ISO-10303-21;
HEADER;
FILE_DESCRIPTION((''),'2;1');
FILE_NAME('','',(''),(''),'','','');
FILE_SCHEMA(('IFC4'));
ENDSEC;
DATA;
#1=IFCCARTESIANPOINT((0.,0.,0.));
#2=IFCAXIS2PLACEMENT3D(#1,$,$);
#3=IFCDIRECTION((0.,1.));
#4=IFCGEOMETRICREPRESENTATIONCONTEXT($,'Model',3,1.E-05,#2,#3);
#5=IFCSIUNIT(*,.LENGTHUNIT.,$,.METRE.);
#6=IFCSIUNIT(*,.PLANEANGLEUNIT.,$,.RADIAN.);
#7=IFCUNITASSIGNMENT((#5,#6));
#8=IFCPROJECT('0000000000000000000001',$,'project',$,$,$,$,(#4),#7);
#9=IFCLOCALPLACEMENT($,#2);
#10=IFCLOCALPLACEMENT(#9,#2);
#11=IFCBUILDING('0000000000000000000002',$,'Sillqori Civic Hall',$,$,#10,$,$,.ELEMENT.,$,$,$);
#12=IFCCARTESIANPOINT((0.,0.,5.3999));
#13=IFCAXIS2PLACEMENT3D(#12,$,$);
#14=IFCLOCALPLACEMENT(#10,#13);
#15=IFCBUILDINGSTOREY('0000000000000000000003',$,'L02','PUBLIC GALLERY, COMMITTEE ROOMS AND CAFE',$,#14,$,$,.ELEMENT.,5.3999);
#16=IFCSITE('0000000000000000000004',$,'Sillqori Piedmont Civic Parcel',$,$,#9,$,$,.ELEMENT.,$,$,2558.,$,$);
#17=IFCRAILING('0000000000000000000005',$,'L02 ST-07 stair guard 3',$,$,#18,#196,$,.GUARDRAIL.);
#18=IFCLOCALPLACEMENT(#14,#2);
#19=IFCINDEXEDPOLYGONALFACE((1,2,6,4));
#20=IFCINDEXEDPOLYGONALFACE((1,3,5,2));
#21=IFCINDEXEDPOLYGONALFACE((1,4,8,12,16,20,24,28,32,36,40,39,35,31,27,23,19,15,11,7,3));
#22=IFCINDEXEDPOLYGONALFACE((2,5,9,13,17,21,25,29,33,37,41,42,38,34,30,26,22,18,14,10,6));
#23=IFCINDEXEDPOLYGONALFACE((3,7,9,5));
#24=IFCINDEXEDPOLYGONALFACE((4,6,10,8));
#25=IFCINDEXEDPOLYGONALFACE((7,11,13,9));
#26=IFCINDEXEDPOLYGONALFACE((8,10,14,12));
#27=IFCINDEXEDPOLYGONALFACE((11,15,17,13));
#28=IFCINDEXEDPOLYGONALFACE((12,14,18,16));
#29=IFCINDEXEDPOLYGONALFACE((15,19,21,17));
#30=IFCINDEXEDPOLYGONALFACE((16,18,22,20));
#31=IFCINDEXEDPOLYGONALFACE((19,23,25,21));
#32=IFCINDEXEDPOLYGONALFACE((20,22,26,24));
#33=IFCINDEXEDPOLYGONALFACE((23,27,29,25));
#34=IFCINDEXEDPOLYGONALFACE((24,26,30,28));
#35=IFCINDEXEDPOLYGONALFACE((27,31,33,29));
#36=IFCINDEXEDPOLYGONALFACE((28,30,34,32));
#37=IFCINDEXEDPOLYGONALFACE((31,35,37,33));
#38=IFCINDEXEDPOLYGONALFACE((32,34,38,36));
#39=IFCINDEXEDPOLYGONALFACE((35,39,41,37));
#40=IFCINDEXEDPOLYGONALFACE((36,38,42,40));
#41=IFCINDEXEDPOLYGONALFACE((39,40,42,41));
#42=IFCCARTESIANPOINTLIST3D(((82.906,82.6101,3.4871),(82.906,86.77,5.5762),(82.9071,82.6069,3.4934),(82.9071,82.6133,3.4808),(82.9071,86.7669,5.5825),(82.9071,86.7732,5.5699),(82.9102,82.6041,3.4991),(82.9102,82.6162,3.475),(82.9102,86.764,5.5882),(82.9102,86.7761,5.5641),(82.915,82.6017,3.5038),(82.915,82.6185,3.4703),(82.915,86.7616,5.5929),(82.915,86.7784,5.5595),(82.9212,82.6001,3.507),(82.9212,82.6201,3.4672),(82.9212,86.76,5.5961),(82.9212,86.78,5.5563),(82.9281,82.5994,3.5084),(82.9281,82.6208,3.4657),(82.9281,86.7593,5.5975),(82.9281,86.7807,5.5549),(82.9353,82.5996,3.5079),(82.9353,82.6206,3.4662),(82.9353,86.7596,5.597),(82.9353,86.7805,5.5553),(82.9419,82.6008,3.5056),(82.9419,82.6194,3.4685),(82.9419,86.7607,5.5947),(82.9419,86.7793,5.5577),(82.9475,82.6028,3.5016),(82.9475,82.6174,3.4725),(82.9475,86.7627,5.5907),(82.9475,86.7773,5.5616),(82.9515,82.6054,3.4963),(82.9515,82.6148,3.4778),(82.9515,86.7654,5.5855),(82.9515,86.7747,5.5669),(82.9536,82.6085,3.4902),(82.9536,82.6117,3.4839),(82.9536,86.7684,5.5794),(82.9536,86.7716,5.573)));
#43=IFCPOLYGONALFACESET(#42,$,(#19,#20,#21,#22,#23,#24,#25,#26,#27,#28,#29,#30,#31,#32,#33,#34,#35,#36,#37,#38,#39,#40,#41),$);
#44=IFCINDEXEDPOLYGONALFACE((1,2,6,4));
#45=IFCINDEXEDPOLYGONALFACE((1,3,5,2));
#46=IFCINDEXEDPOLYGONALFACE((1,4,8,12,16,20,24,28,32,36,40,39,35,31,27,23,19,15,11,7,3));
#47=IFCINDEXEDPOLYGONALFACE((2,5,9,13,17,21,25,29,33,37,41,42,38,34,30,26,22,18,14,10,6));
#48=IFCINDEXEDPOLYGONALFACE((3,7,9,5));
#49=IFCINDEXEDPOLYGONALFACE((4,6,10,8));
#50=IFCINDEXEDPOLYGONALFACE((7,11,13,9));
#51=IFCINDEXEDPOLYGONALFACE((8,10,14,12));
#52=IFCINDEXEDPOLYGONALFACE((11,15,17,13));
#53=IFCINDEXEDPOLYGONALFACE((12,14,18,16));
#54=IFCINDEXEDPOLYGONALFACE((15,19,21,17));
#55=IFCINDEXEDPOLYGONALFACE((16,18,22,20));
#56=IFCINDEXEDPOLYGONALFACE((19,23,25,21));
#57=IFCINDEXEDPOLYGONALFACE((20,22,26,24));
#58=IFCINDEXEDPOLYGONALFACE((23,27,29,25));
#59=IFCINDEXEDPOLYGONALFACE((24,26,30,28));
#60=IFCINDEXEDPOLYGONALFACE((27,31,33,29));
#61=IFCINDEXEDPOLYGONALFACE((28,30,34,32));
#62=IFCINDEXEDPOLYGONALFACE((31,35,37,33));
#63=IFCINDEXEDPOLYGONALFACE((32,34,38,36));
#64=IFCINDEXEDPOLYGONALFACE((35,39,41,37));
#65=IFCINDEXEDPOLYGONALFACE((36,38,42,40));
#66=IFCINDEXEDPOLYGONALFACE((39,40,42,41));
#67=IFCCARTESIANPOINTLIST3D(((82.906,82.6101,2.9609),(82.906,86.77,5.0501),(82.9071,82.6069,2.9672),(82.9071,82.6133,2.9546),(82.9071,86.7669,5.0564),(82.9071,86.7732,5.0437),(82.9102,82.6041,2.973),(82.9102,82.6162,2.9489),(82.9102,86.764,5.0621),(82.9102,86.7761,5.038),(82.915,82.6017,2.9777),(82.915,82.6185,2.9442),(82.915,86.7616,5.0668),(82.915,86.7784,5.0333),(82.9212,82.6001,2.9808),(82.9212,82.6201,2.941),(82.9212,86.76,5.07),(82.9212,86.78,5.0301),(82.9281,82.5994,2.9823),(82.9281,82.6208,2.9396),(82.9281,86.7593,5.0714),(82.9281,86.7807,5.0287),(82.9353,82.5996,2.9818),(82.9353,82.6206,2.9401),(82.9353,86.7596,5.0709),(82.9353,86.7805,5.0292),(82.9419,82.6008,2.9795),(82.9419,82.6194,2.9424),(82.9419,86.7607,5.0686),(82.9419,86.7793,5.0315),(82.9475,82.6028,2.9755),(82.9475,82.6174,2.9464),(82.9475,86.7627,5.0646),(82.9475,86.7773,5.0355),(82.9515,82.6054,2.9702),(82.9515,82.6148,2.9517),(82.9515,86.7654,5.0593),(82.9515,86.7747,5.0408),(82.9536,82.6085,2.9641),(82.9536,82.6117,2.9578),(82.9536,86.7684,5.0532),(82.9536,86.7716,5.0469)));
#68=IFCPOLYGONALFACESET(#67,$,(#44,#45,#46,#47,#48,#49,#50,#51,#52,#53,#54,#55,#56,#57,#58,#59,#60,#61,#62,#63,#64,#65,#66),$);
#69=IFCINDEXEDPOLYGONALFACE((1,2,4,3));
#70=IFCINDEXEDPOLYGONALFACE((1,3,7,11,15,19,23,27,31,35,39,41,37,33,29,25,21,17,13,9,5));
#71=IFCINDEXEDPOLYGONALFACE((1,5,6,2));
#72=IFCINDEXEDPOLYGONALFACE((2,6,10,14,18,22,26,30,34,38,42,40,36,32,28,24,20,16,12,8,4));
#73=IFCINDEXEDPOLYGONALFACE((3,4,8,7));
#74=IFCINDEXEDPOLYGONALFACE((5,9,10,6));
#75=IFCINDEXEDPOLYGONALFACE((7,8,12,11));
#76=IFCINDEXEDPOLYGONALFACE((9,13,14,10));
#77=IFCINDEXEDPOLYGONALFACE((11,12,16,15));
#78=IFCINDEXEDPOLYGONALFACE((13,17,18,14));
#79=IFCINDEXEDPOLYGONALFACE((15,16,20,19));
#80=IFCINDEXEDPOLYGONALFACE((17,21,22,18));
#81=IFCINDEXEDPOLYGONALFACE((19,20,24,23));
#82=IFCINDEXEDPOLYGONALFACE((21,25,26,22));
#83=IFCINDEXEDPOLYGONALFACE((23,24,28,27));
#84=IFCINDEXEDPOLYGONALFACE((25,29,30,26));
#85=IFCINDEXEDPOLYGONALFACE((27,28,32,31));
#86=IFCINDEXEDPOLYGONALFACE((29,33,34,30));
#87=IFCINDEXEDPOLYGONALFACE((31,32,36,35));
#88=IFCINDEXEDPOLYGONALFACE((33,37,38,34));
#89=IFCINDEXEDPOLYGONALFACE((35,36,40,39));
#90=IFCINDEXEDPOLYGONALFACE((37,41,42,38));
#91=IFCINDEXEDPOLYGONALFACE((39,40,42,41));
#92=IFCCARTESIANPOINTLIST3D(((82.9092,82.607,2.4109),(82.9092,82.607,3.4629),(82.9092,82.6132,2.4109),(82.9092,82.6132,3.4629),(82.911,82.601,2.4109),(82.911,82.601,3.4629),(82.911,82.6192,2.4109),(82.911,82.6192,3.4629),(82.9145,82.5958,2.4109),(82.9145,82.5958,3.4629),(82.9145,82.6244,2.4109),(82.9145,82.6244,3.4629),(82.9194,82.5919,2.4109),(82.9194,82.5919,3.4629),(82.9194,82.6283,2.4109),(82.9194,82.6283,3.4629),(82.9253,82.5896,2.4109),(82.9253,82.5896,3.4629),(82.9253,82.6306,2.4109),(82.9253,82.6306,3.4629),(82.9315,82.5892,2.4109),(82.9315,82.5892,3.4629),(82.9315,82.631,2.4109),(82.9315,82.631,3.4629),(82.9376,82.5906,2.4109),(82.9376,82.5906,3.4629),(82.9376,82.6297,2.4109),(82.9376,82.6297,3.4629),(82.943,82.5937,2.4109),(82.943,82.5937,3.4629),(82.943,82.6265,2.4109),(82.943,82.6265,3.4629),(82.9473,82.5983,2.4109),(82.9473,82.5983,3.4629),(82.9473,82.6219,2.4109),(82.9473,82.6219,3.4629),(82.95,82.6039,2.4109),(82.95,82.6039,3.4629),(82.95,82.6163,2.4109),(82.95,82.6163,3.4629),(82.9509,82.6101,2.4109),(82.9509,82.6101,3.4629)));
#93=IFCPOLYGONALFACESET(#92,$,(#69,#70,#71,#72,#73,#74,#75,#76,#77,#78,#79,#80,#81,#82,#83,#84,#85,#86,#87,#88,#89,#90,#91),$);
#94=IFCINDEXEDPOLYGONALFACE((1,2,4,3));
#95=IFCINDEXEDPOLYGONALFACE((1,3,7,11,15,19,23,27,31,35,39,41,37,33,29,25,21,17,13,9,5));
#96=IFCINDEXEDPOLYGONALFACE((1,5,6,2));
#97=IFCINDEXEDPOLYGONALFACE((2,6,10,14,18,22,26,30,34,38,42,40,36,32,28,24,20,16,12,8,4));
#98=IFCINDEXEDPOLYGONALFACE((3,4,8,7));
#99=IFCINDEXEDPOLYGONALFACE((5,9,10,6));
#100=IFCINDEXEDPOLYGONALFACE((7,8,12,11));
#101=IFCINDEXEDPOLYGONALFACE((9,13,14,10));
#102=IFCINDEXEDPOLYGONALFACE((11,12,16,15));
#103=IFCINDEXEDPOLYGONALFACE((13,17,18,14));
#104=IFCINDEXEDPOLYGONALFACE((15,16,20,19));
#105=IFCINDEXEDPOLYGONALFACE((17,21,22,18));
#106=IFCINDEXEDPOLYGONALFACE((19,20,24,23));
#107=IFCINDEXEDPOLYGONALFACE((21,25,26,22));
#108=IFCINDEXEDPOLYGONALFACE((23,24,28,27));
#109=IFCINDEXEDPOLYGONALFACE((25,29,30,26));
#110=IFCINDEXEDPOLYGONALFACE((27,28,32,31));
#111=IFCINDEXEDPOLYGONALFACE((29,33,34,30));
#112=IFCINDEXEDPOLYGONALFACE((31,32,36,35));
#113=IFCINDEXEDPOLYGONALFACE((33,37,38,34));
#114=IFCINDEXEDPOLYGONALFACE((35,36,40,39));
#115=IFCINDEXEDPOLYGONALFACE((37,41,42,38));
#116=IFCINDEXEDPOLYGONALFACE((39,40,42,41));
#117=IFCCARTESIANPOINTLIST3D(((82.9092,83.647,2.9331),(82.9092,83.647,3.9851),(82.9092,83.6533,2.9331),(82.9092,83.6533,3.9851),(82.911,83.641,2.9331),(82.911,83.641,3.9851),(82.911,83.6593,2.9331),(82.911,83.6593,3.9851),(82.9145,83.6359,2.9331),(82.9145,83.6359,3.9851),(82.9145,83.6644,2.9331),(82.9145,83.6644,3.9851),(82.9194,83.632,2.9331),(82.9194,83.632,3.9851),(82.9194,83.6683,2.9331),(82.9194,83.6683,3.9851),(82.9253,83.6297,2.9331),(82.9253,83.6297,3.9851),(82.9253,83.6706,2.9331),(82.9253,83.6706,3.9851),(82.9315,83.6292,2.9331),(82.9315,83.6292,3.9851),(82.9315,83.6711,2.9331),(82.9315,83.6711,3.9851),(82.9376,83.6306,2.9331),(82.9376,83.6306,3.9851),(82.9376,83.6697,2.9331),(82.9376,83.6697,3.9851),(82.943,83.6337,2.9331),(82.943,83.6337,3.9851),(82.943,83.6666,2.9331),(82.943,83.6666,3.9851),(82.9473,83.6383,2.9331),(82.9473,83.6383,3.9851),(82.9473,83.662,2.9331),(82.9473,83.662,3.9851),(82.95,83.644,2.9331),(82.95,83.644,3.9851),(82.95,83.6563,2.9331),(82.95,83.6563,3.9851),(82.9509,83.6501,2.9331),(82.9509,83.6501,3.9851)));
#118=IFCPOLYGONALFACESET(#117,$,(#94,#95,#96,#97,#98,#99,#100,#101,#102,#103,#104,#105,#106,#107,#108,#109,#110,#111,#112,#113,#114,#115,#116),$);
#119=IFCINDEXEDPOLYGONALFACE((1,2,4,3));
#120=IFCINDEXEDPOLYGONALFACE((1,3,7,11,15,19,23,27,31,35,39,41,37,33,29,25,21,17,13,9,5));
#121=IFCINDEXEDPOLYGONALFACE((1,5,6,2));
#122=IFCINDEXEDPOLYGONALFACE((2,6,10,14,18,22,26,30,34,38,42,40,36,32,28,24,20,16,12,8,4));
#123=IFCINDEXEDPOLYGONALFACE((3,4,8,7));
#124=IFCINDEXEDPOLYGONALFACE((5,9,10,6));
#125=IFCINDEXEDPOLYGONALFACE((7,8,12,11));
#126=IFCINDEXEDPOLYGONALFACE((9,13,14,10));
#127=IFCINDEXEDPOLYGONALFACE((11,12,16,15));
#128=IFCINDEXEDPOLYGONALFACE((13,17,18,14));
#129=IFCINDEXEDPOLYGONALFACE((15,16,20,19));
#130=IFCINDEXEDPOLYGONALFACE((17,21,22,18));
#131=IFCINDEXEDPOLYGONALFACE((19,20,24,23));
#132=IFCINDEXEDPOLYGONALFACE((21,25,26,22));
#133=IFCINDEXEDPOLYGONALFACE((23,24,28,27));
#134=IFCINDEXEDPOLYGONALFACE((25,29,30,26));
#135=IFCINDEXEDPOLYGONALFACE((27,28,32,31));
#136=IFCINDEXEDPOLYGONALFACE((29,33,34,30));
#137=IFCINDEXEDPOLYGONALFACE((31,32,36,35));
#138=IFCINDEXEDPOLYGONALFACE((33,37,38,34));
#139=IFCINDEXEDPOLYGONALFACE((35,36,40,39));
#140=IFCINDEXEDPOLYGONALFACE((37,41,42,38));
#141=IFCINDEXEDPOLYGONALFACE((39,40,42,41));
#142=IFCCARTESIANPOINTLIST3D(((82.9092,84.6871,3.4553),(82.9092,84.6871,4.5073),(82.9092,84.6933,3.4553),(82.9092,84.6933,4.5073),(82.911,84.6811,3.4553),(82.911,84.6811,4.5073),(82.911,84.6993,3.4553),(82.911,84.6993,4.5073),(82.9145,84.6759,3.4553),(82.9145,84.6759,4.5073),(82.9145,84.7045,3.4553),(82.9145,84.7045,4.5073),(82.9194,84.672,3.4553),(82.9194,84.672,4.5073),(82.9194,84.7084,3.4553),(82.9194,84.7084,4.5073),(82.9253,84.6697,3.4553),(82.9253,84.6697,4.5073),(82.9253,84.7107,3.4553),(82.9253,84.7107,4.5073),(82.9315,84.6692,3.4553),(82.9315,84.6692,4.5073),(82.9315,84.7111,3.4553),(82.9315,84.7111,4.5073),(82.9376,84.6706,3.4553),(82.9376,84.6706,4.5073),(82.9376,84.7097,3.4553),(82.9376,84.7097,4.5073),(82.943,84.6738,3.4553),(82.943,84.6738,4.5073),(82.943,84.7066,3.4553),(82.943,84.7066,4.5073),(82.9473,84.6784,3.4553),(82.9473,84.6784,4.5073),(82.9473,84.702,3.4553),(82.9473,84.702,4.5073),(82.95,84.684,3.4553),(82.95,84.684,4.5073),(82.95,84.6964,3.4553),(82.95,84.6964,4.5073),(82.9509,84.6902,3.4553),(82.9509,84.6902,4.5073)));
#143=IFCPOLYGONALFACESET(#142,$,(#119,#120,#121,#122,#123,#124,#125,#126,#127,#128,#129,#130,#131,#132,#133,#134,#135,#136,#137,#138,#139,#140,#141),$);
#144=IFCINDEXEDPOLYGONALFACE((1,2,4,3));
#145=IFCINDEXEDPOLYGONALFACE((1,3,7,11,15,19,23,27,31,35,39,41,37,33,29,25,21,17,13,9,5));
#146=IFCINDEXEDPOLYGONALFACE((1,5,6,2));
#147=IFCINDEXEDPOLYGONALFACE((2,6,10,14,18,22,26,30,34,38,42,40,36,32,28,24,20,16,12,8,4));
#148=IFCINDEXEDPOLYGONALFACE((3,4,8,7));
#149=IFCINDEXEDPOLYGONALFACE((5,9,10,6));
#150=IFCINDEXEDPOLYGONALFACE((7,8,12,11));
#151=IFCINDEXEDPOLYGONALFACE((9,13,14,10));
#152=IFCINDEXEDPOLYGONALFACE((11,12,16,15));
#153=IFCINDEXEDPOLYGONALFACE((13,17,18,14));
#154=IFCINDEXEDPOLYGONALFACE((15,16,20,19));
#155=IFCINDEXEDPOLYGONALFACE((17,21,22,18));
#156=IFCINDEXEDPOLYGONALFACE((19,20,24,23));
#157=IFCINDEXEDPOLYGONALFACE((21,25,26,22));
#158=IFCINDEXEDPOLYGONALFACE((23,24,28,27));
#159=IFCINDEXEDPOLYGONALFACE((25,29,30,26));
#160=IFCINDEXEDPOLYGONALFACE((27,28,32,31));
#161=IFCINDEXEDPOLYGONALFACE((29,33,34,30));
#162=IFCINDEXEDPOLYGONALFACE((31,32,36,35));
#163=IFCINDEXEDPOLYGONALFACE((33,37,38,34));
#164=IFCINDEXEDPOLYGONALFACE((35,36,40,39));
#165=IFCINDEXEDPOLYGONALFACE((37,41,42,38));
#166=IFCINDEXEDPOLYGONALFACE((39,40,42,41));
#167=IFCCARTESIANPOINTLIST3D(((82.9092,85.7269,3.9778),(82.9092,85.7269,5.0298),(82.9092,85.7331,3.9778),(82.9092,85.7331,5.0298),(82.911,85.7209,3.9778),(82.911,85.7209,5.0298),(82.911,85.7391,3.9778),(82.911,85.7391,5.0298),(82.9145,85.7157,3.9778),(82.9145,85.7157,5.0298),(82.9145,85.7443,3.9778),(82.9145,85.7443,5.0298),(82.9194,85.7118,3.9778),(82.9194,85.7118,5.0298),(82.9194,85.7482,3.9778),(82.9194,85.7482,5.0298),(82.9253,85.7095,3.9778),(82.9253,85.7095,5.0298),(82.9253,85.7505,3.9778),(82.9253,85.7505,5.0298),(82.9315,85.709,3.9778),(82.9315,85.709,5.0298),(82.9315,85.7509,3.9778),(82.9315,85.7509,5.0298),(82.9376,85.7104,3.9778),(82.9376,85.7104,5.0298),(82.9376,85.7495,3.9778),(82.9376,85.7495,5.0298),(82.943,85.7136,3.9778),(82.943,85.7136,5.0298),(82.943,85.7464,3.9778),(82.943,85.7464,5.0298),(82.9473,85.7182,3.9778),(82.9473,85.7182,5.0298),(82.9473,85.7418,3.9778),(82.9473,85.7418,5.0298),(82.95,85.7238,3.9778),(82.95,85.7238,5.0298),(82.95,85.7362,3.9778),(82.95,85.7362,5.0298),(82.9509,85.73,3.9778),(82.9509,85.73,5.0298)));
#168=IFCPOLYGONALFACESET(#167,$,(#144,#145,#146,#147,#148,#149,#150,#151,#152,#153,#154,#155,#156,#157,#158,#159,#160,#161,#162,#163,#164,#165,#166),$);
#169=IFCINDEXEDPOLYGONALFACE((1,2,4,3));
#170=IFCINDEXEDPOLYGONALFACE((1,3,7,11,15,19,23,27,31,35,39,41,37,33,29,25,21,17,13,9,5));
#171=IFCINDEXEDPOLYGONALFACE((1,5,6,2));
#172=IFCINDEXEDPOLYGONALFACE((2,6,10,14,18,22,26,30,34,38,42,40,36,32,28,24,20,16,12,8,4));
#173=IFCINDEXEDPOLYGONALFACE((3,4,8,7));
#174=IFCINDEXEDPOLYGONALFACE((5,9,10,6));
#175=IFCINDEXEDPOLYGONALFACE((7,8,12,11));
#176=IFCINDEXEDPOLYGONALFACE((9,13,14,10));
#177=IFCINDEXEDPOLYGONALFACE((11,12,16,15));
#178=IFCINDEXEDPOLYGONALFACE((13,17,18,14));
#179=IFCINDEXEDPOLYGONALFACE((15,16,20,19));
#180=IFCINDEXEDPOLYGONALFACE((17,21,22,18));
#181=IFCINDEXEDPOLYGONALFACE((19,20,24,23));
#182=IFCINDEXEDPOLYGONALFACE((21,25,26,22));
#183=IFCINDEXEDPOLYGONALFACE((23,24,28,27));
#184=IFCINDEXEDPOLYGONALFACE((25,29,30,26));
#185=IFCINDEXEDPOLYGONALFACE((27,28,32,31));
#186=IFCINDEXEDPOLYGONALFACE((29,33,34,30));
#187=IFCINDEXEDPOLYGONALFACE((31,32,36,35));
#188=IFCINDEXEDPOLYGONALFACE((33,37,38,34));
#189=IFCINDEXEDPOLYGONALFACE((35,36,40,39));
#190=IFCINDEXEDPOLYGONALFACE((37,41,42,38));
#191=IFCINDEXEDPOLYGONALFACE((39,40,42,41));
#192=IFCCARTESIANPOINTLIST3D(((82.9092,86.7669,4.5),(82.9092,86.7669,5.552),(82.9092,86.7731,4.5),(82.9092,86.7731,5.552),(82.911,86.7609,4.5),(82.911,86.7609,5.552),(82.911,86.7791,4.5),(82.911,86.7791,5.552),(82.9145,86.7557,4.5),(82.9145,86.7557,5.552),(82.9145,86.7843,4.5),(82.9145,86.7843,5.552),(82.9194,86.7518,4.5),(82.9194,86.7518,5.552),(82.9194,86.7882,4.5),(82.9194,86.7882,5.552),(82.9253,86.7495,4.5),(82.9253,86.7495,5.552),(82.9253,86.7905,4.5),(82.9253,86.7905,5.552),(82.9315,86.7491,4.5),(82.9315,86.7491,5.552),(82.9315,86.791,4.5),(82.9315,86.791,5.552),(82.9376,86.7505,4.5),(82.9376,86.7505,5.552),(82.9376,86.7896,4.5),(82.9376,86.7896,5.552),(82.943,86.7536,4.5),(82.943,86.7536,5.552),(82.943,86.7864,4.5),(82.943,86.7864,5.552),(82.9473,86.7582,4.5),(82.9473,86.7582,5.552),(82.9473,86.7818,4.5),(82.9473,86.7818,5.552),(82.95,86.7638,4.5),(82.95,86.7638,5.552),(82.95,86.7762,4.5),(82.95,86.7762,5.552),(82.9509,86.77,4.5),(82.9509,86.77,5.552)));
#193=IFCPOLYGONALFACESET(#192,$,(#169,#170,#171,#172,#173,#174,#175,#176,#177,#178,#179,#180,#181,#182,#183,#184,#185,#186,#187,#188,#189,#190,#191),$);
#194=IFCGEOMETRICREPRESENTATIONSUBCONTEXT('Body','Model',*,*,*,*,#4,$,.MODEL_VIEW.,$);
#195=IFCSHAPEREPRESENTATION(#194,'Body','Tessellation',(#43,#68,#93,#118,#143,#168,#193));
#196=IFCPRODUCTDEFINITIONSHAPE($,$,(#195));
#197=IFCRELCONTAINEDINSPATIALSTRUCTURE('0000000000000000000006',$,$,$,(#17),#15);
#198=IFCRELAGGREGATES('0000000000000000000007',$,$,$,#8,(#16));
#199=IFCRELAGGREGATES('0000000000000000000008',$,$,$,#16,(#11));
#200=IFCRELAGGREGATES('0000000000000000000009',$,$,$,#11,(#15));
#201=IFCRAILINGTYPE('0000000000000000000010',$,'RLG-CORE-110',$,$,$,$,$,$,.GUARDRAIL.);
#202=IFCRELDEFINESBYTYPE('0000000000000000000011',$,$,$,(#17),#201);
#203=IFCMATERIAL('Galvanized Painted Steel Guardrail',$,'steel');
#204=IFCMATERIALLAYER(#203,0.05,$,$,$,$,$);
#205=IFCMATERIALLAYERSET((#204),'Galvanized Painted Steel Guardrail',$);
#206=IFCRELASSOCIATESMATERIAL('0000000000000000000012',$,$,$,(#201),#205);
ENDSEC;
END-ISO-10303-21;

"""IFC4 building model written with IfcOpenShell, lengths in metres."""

from ifc_helpers import new_model, si_unit, direction, frame, origin, origin_2d, place, context, subcontext, project, spatial, circle, extrude, material, layer, layer_set, type_object, element, save


model = new_model("IFC4")

# Units and contexts
model_context = context("Model", 3, precision=1e-05, world=origin(), true_north=direction((0.0, 1.0)))
body_context = subcontext(model_context, "Body", "Model", "MODEL_VIEW")
ifc_project = project(units=[si_unit("LENGTHUNIT", "METRE"), si_unit("PLANEANGLEUNIT", "RADIAN")], contexts=[model_context])

# Site, building, storey
site_placement = place(None, origin())
site = spatial("IfcSite", under=ifc_project, at=site_placement, Name="Sillqori Piedmont Civic Parcel", CompositionType="ELEMENT", RefElevation=2558.0)
building_placement = place(site_placement, origin())
building = spatial("IfcBuilding", under=site, at=building_placement, Name="Sillqori Civic Hall", CompositionType="ELEMENT")
storey_placement = place(building_placement, frame((0.0, 0.0, 5.3999)))
storey = spatial("IfcBuildingStorey", under=building, at=storey_placement, Name="L02", Description="PUBLIC GALLERY, COMMITTEE ROOMS AND CAFE", CompositionType="ELEMENT", Elevation=5.3999)

# Railing
ifc_material_1 = material(Name="Galvanized Painted Steel Guardrail", Category="steel")
ifc_layer_1 = layer(ifc_material_1, 0.05)
ifc_layer_set_1 = layer_set([ifc_layer_1], Name="Galvanized Painted Steel Guardrail")
railing_type_1 = type_object("IfcRailingType", Name="RLG-CORE-110", PredefinedType="GUARDRAIL", material=ifc_layer_set_1)
railing_1_placement = place(storey_placement, frame((82.9299, 82.6101, 2.4109)))
element("IfcRailing", 1, at=railing_1_placement, inside=storey, type_object=railing_type_1, Name="L02 ST-07 stair guard 3", PredefinedType="GUARDRAIL", context=body_context, shape_type="SweptSolid", body=[
    extrude(circle(Radius=0.0239, at=origin_2d()), frame((0.0, 0.0, 1.0762), z_axis=(0.0, 0.893639, 0.448786), x_axis=(-1.0, 0.0, 0.0)), (0.0, 0.0, 1.0), 4.655),
    extrude(circle(Radius=0.0239, at=origin_2d()), frame((0.0, 0.0, 0.55), z_axis=(0.0, 0.893639, 0.448786), x_axis=(-1.0, 0.0, 0.0)), (0.0, 0.0, 1.0), 4.655),
    extrude(circle(Radius=0.021, at=origin_2d()), origin(), (0.0, 0.0, 1.0), 1.052),
    extrude(circle(Radius=0.021, at=origin_2d()), frame((0.0, 1.04, 0.5222)), (0.0, 0.0, 1.0), 1.052),
    extrude(circle(Radius=0.021, at=origin_2d()), frame((0.0, 2.0801, 1.0444)), (0.0, 0.0, 1.0), 1.052),
    extrude(circle(Radius=0.021, at=origin_2d()), frame((0.0, 3.1199, 1.5669)), (0.0, 0.0, 1.0), 1.052),
    extrude(circle(Radius=0.021, at=origin_2d()), frame((0.0, 4.1599, 2.0891)), (0.0, 0.0, 1.0), 1.052),
])

save(model, "model.ifc")
